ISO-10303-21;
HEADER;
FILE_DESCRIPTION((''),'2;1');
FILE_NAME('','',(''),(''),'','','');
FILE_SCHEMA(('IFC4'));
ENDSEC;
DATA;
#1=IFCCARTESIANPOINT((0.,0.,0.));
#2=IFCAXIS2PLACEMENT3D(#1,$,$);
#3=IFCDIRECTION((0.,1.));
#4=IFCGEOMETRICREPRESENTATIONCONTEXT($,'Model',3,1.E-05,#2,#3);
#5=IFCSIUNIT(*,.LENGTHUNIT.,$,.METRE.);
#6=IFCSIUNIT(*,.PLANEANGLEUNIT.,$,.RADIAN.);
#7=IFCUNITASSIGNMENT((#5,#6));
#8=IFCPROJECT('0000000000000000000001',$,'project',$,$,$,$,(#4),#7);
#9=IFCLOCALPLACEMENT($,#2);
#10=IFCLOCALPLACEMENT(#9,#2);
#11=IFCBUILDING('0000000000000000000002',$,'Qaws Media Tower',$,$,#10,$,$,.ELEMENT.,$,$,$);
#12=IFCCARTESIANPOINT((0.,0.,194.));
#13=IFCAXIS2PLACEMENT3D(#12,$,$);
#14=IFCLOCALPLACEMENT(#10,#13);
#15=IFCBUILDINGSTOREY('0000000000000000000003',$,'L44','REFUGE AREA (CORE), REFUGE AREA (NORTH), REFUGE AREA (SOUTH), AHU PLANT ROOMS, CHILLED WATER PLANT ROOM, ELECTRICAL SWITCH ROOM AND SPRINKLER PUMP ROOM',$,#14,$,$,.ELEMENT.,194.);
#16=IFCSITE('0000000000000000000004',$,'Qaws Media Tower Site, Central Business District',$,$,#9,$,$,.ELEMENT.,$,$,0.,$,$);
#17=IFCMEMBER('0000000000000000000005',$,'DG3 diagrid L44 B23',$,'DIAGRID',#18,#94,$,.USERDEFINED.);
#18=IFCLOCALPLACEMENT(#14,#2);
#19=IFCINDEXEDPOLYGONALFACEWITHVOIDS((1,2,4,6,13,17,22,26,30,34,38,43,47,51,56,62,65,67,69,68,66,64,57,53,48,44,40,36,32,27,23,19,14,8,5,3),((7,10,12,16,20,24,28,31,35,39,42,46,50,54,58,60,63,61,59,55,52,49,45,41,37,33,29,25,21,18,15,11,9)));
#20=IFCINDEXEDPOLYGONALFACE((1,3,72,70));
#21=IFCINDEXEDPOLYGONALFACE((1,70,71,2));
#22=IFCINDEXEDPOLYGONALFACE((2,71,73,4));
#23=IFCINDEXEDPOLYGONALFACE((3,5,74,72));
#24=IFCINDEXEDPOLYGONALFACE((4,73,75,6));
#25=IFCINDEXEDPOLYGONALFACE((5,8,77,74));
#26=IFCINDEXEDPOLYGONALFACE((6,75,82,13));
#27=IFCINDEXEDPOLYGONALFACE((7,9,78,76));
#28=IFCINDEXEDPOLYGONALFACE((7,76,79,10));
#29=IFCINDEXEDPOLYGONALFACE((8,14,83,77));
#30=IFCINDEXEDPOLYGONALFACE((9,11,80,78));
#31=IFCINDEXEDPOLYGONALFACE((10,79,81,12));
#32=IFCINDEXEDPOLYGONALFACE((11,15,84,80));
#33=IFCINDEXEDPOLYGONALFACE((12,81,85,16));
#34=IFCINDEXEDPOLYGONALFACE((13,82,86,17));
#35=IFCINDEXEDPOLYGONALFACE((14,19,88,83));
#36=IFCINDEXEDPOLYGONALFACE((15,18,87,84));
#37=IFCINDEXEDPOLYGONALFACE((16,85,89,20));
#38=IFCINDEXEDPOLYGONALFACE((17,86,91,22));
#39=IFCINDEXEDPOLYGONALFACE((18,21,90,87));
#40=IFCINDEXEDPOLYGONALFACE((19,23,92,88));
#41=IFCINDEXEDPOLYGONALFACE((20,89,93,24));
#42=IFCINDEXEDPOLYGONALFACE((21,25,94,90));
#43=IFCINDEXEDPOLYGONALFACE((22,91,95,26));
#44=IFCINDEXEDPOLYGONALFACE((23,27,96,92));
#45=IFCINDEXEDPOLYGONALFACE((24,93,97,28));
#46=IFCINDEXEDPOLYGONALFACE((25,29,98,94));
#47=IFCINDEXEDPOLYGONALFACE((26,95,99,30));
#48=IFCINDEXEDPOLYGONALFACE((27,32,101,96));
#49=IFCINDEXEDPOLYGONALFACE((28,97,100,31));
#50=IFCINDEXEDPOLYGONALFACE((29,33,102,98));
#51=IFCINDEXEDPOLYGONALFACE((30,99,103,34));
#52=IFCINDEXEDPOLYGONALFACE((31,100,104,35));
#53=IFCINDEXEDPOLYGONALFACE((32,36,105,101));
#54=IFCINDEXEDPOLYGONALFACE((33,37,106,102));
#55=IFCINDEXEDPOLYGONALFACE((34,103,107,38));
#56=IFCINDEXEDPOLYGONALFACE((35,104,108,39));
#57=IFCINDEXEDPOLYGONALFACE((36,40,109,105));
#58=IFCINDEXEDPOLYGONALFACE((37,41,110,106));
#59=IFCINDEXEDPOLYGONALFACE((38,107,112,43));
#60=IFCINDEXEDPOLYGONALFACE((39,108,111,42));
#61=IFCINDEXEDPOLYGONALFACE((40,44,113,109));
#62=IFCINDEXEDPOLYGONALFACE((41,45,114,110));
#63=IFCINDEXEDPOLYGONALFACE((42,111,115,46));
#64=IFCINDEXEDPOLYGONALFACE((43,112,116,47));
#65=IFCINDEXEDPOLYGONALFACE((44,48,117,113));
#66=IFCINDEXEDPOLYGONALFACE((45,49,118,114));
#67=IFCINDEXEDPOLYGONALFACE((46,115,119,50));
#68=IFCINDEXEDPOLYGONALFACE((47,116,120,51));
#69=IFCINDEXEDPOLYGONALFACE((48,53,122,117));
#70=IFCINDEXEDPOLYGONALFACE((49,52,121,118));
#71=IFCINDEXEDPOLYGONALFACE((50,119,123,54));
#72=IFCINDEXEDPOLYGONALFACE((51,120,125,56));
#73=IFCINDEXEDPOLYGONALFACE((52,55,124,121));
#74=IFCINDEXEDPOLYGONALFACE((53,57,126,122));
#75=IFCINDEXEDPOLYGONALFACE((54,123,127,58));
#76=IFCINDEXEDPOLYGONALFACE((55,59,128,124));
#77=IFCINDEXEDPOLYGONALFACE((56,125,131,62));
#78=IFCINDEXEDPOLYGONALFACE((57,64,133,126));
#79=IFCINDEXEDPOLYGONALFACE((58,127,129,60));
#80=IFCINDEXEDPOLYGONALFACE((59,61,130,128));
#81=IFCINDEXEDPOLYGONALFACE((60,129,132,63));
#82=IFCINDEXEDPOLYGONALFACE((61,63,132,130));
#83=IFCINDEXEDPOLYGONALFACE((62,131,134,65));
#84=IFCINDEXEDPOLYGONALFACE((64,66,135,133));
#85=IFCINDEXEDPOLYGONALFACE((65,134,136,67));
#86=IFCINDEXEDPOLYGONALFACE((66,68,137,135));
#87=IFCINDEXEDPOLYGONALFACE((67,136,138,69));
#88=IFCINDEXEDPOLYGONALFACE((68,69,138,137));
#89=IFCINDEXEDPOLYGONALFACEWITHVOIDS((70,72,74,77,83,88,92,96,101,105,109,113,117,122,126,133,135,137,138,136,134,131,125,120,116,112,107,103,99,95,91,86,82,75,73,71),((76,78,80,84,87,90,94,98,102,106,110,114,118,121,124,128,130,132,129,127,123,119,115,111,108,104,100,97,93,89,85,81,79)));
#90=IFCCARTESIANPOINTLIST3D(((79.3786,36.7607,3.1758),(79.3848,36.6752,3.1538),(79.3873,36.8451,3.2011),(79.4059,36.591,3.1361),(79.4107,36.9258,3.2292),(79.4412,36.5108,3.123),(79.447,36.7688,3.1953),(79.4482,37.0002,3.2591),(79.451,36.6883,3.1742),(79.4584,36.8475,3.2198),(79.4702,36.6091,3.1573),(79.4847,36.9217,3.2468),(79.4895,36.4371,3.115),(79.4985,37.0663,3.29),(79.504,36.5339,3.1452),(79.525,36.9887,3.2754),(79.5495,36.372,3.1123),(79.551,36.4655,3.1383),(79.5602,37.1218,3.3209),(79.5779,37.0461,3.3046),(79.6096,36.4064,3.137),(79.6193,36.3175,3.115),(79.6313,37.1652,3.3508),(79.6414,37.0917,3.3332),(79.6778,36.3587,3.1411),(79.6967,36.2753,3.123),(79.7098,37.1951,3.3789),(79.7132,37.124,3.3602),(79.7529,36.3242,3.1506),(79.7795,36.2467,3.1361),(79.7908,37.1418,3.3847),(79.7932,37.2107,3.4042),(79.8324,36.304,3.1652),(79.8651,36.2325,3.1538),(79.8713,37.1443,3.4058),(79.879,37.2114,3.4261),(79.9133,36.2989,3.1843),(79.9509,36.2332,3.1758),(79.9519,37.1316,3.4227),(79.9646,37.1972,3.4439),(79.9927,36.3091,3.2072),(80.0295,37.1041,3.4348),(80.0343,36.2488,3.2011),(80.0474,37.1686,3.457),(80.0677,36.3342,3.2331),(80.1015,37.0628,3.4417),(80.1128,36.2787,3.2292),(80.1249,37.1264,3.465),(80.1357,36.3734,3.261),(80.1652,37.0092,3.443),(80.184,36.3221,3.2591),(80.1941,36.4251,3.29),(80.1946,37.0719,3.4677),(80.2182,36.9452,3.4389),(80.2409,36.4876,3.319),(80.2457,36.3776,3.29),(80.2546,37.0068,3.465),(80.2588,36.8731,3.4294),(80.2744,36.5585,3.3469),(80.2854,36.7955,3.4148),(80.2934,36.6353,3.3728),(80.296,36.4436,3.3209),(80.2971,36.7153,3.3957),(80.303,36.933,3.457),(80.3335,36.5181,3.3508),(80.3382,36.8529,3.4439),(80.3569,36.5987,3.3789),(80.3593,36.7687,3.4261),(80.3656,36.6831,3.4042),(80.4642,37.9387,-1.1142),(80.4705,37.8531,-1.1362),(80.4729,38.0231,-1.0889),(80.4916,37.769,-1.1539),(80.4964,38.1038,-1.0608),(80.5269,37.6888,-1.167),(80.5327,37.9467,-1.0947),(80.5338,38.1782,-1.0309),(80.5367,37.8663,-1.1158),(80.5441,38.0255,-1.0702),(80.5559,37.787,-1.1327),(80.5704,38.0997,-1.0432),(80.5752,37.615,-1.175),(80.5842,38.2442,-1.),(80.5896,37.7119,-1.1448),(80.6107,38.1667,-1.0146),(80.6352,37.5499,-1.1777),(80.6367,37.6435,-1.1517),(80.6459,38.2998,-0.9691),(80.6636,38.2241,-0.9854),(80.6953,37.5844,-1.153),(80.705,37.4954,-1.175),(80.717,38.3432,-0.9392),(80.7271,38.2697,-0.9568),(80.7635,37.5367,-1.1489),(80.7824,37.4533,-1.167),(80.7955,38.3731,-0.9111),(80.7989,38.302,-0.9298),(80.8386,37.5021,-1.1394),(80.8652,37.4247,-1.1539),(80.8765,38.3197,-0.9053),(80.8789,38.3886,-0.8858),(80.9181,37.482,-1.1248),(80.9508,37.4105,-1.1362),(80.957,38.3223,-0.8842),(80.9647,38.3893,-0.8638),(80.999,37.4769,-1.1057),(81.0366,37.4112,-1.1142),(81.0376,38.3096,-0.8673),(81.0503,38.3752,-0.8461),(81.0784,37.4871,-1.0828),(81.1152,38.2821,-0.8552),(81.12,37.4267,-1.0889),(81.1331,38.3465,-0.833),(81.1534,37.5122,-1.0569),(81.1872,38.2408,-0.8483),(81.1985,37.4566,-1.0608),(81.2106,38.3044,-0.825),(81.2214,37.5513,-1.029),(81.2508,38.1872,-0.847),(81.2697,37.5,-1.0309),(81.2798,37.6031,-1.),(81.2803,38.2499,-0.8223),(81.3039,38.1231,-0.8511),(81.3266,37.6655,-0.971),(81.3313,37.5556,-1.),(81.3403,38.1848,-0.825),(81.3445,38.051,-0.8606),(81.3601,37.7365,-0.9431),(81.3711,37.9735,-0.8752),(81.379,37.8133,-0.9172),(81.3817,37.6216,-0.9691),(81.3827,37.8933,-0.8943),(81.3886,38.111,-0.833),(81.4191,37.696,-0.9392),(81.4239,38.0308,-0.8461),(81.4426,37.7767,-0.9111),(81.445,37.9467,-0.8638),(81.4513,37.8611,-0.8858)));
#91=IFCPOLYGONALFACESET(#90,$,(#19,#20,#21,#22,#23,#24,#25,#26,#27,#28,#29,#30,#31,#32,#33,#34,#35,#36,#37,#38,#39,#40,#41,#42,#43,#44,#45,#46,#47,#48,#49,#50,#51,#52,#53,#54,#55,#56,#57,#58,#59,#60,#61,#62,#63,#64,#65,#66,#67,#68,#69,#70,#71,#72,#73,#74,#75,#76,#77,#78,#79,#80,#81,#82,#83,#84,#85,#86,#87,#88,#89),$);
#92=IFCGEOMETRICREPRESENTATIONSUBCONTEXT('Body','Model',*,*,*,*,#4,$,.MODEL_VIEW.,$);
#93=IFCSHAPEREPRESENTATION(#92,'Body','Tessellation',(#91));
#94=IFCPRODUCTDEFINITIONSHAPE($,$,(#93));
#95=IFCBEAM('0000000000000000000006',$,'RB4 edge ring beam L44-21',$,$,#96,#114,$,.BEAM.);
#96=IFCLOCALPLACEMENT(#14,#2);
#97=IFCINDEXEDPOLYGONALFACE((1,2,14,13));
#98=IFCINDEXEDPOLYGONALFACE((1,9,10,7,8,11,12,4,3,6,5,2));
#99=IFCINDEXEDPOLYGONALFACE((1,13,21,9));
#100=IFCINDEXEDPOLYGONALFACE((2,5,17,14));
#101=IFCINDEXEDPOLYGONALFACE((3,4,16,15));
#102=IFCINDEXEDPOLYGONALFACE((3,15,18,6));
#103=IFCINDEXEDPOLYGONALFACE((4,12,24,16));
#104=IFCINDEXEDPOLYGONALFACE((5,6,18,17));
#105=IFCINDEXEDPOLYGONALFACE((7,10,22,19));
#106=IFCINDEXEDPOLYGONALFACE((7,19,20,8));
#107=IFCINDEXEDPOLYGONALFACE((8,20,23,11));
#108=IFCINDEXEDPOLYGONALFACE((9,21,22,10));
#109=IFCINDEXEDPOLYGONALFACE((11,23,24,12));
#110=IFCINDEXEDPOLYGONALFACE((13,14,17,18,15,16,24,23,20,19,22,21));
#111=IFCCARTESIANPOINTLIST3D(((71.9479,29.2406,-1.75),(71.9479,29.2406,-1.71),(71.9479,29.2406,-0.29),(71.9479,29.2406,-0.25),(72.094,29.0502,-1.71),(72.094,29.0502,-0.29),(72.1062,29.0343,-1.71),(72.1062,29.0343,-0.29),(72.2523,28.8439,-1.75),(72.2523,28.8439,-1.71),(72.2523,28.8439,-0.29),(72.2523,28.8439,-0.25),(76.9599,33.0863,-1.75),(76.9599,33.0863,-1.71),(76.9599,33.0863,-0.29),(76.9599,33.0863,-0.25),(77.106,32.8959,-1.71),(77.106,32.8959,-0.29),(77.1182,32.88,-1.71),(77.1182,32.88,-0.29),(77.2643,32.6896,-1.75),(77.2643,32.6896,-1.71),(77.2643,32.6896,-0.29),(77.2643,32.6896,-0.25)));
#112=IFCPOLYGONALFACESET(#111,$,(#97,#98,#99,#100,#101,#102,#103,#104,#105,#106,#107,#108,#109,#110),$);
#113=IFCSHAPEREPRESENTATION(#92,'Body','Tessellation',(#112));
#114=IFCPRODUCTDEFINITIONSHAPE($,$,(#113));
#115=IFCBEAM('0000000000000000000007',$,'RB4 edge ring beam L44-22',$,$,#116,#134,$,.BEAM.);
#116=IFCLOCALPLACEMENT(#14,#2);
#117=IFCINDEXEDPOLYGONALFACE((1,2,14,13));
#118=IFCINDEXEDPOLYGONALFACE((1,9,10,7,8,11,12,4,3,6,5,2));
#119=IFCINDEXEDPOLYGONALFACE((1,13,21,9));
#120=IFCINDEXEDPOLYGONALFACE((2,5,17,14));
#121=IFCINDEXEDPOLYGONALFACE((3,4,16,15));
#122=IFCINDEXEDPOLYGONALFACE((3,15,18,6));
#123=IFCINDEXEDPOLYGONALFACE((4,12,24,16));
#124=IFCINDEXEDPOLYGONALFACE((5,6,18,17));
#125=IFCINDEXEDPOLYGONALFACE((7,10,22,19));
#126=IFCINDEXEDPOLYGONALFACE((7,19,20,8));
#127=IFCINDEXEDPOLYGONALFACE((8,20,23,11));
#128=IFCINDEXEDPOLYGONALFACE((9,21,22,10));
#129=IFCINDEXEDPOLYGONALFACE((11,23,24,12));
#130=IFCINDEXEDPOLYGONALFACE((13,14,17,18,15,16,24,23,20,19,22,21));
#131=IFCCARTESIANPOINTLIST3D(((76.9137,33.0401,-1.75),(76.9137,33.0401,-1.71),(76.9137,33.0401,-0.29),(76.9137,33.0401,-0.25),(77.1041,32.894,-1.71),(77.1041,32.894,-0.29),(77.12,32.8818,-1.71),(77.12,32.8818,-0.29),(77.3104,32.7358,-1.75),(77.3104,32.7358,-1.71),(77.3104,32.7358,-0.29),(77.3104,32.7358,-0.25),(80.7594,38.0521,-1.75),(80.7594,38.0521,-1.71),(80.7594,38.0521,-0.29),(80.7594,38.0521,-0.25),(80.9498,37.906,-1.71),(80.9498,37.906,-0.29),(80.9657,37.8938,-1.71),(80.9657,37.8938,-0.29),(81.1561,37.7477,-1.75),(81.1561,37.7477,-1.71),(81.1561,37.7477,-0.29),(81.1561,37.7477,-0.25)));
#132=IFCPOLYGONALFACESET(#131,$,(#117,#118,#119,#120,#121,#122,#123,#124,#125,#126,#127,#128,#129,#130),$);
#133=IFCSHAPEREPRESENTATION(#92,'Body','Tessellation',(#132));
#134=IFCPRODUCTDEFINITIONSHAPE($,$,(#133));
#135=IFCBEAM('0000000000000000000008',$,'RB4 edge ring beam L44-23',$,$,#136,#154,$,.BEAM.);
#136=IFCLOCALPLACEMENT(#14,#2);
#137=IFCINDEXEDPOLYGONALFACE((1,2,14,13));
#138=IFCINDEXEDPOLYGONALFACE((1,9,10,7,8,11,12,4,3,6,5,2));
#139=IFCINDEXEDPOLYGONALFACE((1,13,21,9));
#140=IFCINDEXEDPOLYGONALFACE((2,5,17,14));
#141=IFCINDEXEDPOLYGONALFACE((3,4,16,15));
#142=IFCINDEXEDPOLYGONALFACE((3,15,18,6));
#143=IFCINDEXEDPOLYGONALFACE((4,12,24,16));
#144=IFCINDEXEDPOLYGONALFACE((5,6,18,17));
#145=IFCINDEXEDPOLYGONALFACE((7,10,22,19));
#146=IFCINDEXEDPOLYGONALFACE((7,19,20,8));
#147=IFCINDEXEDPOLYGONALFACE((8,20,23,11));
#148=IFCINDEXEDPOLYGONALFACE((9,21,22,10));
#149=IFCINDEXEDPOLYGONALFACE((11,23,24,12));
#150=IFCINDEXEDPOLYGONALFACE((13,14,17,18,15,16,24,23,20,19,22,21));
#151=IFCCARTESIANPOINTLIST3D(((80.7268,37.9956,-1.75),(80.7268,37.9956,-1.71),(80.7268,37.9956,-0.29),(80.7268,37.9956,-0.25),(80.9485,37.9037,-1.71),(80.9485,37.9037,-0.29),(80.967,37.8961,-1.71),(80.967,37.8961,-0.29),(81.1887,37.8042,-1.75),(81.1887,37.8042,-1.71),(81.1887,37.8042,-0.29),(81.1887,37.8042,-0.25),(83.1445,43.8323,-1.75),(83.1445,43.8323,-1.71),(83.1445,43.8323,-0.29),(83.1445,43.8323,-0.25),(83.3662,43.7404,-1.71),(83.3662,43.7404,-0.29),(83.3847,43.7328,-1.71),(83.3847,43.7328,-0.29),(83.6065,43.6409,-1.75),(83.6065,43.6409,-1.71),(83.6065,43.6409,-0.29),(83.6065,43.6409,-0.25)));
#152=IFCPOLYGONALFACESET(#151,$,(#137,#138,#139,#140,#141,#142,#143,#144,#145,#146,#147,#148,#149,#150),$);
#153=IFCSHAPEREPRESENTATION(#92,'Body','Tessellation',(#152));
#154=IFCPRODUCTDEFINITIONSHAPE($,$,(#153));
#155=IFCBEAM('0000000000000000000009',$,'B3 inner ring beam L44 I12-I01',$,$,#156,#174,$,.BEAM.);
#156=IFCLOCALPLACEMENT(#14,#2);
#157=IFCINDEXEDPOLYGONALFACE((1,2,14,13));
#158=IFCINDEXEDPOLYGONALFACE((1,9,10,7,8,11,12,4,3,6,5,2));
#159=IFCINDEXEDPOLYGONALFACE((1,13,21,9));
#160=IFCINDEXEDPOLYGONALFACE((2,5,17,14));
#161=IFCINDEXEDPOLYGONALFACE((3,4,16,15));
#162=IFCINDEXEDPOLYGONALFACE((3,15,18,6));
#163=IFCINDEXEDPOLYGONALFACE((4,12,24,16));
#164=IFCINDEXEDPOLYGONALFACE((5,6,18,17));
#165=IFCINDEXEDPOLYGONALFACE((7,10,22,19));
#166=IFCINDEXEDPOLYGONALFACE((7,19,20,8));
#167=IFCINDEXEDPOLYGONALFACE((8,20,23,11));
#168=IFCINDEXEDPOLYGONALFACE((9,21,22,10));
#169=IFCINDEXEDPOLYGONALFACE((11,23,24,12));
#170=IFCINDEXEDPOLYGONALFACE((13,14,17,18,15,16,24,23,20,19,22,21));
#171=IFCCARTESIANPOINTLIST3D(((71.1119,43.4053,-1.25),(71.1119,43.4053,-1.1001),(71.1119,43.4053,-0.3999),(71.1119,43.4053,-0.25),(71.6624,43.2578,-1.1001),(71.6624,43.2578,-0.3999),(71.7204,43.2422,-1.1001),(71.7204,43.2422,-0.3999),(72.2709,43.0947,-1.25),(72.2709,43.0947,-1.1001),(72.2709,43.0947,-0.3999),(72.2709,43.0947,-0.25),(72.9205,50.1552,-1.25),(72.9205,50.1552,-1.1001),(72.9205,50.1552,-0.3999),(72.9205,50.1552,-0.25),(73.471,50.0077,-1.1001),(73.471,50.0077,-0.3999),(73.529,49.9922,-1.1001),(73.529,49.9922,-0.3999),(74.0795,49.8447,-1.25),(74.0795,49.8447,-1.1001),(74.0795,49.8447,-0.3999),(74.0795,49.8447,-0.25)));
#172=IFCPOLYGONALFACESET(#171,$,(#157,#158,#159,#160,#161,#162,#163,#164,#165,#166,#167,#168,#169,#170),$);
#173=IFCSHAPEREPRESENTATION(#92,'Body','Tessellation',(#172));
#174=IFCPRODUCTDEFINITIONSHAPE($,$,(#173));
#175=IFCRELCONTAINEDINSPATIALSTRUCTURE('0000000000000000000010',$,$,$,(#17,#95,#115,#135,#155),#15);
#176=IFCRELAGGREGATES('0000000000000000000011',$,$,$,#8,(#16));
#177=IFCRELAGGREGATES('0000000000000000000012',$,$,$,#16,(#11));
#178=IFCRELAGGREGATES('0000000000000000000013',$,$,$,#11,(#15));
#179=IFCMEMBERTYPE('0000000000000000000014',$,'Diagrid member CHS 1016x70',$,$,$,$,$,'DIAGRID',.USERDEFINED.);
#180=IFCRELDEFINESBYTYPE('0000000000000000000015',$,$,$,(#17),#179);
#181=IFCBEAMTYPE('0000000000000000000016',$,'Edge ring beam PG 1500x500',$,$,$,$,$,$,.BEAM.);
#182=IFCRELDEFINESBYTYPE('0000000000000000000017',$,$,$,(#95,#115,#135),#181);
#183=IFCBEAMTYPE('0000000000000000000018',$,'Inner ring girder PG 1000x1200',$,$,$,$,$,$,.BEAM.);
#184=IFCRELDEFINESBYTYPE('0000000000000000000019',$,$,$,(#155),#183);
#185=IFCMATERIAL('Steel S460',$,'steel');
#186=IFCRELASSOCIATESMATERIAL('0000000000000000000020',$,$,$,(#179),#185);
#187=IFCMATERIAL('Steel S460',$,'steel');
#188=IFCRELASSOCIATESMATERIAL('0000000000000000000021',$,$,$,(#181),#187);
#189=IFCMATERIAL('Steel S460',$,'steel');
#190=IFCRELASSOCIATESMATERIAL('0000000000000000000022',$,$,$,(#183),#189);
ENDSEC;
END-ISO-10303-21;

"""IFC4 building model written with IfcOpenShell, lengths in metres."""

from ifc_helpers import new_model, si_unit, direction, frame, origin, origin_2d, place, context, subcontext, project, spatial, hollow_circle, i_section, extrude, material, material_profile, profile_set, type_object, element, save


model = new_model("IFC4")

# Units and contexts
model_context = context("Model", 3, precision=1e-05, world=origin(), true_north=direction((0.0, 1.0)))
body_context = subcontext(model_context, "Body", "Model", "MODEL_VIEW")
ifc_project = project(units=[si_unit("LENGTHUNIT", "METRE"), si_unit("PLANEANGLEUNIT", "RADIAN")], contexts=[model_context])

# Site, building, storey
site_placement = place(None, origin())
site = spatial("IfcSite", under=ifc_project, at=site_placement, Name="Qaws Media Tower Site, Central Business District", CompositionType="ELEMENT", RefElevation=0.0)
building_placement = place(site_placement, origin())
building = spatial("IfcBuilding", under=site, at=building_placement, Name="Qaws Media Tower", CompositionType="ELEMENT")
storey_placement = place(building_placement, frame((0.0, 0.0, 194.0)))
storey = spatial("IfcBuildingStorey", under=building, at=storey_placement, Name="L44", Description="REFUGE AREA (CORE), REFUGE AREA (NORTH), REFUGE AREA (SOUTH), AHU PLANT ROOMS, CHILLED WATER PLANT ROOM, ELECTRICAL SWITCH ROOM AND SPRINKLER PUMP ROOM", CompositionType="ELEMENT", Elevation=194.0)

# Member
ifc_material_1 = material(Name="Steel S460", Category="steel")
ifc_material_profile_1 = material_profile(ifc_material_1, hollow_circle(Radius=0.5081, WallThickness=0.0701, at=origin_2d()), Name="CHS 1016x70")
ifc_profile_set_1 = profile_set([ifc_material_profile_1], Name="Steel S460")
member_type_1 = type_object("IfcMemberType", Name="Diagrid member CHS 1016x70", ElementType="DIAGRID", PredefinedType="USERDEFINED", material=ifc_profile_set_1)
for number, where, z_axis, x_axis, name in (
    (1, (80.9578, 37.8999, -1.0), (-0.237083, -0.257235, 0.936815), (0.735323, -0.677717, 0.0), "DG3 diagrid L44 B23"),
):
    element("IfcMember", number, at=place(storey_placement, frame(where, z_axis=z_axis, x_axis=x_axis)), inside=storey, type_object=member_type_1, Name=name, ObjectType="DIAGRID", PredefinedType="USERDEFINED", context=body_context, shape_type="SweptSolid", body=[
        extrude(hollow_circle(Radius=0.5081, WallThickness=0.0701, at=origin_2d()), origin(), (0.0, 0.0, 1.0), 4.5793),
    ])

# Beams
ifc_material_2 = material(Name="Steel S460", Category="steel")
ifc_material_profile_2 = material_profile(ifc_material_2, i_section(OverallWidth=0.5, OverallDepth=1.5, WebThickness=0.02, FlangeThickness=0.04, at=origin_2d()), Name="PG 1500x500")
ifc_profile_set_2 = profile_set([ifc_material_profile_2], Name="Steel S460")
beam_type_1 = type_object("IfcBeamType", Name="Edge ring beam PG 1500x500", PredefinedType="BEAM", material=ifc_profile_set_2)
for number, where, z_axis, x_axis, name in (
    (2, (72.1001, 29.0422, -1.0), (0.793362, 0.60875, 0.0), (-0.60875, 0.793362, 0.0), "RB4 edge ring beam L44-21"),
    (3, (77.1121, 32.8879, -1.0), (0.60875, 0.793362, 0.0), (-0.793362, 0.60875, 0.0), "RB4 edge ring beam L44-22"),
):
    element("IfcBeam", number, at=place(storey_placement, frame(where, z_axis=z_axis, x_axis=x_axis)), inside=storey, type_object=beam_type_1, Name=name, PredefinedType="BEAM", context=body_context, shape_type="SweptSolid", body=[
        extrude(i_section(OverallWidth=0.5, OverallDepth=1.5, WebThickness=0.02, FlangeThickness=0.04, at=origin_2d()), origin(), (0.0, 0.0, 1.0), 6.3174),
    ])
beam_1_placement = place(storey_placement, frame((80.9578, 37.8999, -1.0), z_axis=(0.382697, 0.923874, 0.0), x_axis=(-0.923874, 0.382697, 0.0)))
element("IfcBeam", 4, at=beam_1_placement, inside=storey, type_object=beam_type_1, Name="RB4 edge ring beam L44-23", PredefinedType="BEAM", context=body_context, shape_type="SweptSolid", body=[
    extrude(i_section(OverallWidth=0.5, OverallDepth=1.5, WebThickness=0.02, FlangeThickness=0.04, at=origin_2d()), origin(), (0.0, 0.0, 1.0), 6.3176),
])
ifc_material_3 = material(Name="Steel S460", Category="steel")
ifc_material_profile_3 = material_profile(ifc_material_3, i_section(OverallWidth=1.2, OverallDepth=1.0, WebThickness=0.0601, FlangeThickness=0.1499, at=origin_2d()), Name="PG 1000x1200")
ifc_profile_set_3 = profile_set([ifc_material_profile_3], Name="Steel S460")
beam_type_2 = type_object("IfcBeamType", Name="Inner ring girder PG 1000x1200", PredefinedType="BEAM", material=ifc_profile_set_3)
beam_2_placement = place(storey_placement, frame((71.6914, 43.25, -0.75), z_axis=(0.258811, 0.965928, 0.0), x_axis=(-0.965928, 0.258811, 0.0)))
element("IfcBeam", 5, at=beam_2_placement, inside=storey, type_object=beam_type_2, Name="B3 inner ring beam L44 I12-I01", PredefinedType="BEAM", context=body_context, shape_type="SweptSolid", body=[
    extrude(i_section(OverallWidth=1.2, OverallDepth=1.0, WebThickness=0.0601, FlangeThickness=0.1499, at=origin_2d()), origin(), (0.0, 0.0, 1.0), 6.988),
])

save(model, "model.ifc")
